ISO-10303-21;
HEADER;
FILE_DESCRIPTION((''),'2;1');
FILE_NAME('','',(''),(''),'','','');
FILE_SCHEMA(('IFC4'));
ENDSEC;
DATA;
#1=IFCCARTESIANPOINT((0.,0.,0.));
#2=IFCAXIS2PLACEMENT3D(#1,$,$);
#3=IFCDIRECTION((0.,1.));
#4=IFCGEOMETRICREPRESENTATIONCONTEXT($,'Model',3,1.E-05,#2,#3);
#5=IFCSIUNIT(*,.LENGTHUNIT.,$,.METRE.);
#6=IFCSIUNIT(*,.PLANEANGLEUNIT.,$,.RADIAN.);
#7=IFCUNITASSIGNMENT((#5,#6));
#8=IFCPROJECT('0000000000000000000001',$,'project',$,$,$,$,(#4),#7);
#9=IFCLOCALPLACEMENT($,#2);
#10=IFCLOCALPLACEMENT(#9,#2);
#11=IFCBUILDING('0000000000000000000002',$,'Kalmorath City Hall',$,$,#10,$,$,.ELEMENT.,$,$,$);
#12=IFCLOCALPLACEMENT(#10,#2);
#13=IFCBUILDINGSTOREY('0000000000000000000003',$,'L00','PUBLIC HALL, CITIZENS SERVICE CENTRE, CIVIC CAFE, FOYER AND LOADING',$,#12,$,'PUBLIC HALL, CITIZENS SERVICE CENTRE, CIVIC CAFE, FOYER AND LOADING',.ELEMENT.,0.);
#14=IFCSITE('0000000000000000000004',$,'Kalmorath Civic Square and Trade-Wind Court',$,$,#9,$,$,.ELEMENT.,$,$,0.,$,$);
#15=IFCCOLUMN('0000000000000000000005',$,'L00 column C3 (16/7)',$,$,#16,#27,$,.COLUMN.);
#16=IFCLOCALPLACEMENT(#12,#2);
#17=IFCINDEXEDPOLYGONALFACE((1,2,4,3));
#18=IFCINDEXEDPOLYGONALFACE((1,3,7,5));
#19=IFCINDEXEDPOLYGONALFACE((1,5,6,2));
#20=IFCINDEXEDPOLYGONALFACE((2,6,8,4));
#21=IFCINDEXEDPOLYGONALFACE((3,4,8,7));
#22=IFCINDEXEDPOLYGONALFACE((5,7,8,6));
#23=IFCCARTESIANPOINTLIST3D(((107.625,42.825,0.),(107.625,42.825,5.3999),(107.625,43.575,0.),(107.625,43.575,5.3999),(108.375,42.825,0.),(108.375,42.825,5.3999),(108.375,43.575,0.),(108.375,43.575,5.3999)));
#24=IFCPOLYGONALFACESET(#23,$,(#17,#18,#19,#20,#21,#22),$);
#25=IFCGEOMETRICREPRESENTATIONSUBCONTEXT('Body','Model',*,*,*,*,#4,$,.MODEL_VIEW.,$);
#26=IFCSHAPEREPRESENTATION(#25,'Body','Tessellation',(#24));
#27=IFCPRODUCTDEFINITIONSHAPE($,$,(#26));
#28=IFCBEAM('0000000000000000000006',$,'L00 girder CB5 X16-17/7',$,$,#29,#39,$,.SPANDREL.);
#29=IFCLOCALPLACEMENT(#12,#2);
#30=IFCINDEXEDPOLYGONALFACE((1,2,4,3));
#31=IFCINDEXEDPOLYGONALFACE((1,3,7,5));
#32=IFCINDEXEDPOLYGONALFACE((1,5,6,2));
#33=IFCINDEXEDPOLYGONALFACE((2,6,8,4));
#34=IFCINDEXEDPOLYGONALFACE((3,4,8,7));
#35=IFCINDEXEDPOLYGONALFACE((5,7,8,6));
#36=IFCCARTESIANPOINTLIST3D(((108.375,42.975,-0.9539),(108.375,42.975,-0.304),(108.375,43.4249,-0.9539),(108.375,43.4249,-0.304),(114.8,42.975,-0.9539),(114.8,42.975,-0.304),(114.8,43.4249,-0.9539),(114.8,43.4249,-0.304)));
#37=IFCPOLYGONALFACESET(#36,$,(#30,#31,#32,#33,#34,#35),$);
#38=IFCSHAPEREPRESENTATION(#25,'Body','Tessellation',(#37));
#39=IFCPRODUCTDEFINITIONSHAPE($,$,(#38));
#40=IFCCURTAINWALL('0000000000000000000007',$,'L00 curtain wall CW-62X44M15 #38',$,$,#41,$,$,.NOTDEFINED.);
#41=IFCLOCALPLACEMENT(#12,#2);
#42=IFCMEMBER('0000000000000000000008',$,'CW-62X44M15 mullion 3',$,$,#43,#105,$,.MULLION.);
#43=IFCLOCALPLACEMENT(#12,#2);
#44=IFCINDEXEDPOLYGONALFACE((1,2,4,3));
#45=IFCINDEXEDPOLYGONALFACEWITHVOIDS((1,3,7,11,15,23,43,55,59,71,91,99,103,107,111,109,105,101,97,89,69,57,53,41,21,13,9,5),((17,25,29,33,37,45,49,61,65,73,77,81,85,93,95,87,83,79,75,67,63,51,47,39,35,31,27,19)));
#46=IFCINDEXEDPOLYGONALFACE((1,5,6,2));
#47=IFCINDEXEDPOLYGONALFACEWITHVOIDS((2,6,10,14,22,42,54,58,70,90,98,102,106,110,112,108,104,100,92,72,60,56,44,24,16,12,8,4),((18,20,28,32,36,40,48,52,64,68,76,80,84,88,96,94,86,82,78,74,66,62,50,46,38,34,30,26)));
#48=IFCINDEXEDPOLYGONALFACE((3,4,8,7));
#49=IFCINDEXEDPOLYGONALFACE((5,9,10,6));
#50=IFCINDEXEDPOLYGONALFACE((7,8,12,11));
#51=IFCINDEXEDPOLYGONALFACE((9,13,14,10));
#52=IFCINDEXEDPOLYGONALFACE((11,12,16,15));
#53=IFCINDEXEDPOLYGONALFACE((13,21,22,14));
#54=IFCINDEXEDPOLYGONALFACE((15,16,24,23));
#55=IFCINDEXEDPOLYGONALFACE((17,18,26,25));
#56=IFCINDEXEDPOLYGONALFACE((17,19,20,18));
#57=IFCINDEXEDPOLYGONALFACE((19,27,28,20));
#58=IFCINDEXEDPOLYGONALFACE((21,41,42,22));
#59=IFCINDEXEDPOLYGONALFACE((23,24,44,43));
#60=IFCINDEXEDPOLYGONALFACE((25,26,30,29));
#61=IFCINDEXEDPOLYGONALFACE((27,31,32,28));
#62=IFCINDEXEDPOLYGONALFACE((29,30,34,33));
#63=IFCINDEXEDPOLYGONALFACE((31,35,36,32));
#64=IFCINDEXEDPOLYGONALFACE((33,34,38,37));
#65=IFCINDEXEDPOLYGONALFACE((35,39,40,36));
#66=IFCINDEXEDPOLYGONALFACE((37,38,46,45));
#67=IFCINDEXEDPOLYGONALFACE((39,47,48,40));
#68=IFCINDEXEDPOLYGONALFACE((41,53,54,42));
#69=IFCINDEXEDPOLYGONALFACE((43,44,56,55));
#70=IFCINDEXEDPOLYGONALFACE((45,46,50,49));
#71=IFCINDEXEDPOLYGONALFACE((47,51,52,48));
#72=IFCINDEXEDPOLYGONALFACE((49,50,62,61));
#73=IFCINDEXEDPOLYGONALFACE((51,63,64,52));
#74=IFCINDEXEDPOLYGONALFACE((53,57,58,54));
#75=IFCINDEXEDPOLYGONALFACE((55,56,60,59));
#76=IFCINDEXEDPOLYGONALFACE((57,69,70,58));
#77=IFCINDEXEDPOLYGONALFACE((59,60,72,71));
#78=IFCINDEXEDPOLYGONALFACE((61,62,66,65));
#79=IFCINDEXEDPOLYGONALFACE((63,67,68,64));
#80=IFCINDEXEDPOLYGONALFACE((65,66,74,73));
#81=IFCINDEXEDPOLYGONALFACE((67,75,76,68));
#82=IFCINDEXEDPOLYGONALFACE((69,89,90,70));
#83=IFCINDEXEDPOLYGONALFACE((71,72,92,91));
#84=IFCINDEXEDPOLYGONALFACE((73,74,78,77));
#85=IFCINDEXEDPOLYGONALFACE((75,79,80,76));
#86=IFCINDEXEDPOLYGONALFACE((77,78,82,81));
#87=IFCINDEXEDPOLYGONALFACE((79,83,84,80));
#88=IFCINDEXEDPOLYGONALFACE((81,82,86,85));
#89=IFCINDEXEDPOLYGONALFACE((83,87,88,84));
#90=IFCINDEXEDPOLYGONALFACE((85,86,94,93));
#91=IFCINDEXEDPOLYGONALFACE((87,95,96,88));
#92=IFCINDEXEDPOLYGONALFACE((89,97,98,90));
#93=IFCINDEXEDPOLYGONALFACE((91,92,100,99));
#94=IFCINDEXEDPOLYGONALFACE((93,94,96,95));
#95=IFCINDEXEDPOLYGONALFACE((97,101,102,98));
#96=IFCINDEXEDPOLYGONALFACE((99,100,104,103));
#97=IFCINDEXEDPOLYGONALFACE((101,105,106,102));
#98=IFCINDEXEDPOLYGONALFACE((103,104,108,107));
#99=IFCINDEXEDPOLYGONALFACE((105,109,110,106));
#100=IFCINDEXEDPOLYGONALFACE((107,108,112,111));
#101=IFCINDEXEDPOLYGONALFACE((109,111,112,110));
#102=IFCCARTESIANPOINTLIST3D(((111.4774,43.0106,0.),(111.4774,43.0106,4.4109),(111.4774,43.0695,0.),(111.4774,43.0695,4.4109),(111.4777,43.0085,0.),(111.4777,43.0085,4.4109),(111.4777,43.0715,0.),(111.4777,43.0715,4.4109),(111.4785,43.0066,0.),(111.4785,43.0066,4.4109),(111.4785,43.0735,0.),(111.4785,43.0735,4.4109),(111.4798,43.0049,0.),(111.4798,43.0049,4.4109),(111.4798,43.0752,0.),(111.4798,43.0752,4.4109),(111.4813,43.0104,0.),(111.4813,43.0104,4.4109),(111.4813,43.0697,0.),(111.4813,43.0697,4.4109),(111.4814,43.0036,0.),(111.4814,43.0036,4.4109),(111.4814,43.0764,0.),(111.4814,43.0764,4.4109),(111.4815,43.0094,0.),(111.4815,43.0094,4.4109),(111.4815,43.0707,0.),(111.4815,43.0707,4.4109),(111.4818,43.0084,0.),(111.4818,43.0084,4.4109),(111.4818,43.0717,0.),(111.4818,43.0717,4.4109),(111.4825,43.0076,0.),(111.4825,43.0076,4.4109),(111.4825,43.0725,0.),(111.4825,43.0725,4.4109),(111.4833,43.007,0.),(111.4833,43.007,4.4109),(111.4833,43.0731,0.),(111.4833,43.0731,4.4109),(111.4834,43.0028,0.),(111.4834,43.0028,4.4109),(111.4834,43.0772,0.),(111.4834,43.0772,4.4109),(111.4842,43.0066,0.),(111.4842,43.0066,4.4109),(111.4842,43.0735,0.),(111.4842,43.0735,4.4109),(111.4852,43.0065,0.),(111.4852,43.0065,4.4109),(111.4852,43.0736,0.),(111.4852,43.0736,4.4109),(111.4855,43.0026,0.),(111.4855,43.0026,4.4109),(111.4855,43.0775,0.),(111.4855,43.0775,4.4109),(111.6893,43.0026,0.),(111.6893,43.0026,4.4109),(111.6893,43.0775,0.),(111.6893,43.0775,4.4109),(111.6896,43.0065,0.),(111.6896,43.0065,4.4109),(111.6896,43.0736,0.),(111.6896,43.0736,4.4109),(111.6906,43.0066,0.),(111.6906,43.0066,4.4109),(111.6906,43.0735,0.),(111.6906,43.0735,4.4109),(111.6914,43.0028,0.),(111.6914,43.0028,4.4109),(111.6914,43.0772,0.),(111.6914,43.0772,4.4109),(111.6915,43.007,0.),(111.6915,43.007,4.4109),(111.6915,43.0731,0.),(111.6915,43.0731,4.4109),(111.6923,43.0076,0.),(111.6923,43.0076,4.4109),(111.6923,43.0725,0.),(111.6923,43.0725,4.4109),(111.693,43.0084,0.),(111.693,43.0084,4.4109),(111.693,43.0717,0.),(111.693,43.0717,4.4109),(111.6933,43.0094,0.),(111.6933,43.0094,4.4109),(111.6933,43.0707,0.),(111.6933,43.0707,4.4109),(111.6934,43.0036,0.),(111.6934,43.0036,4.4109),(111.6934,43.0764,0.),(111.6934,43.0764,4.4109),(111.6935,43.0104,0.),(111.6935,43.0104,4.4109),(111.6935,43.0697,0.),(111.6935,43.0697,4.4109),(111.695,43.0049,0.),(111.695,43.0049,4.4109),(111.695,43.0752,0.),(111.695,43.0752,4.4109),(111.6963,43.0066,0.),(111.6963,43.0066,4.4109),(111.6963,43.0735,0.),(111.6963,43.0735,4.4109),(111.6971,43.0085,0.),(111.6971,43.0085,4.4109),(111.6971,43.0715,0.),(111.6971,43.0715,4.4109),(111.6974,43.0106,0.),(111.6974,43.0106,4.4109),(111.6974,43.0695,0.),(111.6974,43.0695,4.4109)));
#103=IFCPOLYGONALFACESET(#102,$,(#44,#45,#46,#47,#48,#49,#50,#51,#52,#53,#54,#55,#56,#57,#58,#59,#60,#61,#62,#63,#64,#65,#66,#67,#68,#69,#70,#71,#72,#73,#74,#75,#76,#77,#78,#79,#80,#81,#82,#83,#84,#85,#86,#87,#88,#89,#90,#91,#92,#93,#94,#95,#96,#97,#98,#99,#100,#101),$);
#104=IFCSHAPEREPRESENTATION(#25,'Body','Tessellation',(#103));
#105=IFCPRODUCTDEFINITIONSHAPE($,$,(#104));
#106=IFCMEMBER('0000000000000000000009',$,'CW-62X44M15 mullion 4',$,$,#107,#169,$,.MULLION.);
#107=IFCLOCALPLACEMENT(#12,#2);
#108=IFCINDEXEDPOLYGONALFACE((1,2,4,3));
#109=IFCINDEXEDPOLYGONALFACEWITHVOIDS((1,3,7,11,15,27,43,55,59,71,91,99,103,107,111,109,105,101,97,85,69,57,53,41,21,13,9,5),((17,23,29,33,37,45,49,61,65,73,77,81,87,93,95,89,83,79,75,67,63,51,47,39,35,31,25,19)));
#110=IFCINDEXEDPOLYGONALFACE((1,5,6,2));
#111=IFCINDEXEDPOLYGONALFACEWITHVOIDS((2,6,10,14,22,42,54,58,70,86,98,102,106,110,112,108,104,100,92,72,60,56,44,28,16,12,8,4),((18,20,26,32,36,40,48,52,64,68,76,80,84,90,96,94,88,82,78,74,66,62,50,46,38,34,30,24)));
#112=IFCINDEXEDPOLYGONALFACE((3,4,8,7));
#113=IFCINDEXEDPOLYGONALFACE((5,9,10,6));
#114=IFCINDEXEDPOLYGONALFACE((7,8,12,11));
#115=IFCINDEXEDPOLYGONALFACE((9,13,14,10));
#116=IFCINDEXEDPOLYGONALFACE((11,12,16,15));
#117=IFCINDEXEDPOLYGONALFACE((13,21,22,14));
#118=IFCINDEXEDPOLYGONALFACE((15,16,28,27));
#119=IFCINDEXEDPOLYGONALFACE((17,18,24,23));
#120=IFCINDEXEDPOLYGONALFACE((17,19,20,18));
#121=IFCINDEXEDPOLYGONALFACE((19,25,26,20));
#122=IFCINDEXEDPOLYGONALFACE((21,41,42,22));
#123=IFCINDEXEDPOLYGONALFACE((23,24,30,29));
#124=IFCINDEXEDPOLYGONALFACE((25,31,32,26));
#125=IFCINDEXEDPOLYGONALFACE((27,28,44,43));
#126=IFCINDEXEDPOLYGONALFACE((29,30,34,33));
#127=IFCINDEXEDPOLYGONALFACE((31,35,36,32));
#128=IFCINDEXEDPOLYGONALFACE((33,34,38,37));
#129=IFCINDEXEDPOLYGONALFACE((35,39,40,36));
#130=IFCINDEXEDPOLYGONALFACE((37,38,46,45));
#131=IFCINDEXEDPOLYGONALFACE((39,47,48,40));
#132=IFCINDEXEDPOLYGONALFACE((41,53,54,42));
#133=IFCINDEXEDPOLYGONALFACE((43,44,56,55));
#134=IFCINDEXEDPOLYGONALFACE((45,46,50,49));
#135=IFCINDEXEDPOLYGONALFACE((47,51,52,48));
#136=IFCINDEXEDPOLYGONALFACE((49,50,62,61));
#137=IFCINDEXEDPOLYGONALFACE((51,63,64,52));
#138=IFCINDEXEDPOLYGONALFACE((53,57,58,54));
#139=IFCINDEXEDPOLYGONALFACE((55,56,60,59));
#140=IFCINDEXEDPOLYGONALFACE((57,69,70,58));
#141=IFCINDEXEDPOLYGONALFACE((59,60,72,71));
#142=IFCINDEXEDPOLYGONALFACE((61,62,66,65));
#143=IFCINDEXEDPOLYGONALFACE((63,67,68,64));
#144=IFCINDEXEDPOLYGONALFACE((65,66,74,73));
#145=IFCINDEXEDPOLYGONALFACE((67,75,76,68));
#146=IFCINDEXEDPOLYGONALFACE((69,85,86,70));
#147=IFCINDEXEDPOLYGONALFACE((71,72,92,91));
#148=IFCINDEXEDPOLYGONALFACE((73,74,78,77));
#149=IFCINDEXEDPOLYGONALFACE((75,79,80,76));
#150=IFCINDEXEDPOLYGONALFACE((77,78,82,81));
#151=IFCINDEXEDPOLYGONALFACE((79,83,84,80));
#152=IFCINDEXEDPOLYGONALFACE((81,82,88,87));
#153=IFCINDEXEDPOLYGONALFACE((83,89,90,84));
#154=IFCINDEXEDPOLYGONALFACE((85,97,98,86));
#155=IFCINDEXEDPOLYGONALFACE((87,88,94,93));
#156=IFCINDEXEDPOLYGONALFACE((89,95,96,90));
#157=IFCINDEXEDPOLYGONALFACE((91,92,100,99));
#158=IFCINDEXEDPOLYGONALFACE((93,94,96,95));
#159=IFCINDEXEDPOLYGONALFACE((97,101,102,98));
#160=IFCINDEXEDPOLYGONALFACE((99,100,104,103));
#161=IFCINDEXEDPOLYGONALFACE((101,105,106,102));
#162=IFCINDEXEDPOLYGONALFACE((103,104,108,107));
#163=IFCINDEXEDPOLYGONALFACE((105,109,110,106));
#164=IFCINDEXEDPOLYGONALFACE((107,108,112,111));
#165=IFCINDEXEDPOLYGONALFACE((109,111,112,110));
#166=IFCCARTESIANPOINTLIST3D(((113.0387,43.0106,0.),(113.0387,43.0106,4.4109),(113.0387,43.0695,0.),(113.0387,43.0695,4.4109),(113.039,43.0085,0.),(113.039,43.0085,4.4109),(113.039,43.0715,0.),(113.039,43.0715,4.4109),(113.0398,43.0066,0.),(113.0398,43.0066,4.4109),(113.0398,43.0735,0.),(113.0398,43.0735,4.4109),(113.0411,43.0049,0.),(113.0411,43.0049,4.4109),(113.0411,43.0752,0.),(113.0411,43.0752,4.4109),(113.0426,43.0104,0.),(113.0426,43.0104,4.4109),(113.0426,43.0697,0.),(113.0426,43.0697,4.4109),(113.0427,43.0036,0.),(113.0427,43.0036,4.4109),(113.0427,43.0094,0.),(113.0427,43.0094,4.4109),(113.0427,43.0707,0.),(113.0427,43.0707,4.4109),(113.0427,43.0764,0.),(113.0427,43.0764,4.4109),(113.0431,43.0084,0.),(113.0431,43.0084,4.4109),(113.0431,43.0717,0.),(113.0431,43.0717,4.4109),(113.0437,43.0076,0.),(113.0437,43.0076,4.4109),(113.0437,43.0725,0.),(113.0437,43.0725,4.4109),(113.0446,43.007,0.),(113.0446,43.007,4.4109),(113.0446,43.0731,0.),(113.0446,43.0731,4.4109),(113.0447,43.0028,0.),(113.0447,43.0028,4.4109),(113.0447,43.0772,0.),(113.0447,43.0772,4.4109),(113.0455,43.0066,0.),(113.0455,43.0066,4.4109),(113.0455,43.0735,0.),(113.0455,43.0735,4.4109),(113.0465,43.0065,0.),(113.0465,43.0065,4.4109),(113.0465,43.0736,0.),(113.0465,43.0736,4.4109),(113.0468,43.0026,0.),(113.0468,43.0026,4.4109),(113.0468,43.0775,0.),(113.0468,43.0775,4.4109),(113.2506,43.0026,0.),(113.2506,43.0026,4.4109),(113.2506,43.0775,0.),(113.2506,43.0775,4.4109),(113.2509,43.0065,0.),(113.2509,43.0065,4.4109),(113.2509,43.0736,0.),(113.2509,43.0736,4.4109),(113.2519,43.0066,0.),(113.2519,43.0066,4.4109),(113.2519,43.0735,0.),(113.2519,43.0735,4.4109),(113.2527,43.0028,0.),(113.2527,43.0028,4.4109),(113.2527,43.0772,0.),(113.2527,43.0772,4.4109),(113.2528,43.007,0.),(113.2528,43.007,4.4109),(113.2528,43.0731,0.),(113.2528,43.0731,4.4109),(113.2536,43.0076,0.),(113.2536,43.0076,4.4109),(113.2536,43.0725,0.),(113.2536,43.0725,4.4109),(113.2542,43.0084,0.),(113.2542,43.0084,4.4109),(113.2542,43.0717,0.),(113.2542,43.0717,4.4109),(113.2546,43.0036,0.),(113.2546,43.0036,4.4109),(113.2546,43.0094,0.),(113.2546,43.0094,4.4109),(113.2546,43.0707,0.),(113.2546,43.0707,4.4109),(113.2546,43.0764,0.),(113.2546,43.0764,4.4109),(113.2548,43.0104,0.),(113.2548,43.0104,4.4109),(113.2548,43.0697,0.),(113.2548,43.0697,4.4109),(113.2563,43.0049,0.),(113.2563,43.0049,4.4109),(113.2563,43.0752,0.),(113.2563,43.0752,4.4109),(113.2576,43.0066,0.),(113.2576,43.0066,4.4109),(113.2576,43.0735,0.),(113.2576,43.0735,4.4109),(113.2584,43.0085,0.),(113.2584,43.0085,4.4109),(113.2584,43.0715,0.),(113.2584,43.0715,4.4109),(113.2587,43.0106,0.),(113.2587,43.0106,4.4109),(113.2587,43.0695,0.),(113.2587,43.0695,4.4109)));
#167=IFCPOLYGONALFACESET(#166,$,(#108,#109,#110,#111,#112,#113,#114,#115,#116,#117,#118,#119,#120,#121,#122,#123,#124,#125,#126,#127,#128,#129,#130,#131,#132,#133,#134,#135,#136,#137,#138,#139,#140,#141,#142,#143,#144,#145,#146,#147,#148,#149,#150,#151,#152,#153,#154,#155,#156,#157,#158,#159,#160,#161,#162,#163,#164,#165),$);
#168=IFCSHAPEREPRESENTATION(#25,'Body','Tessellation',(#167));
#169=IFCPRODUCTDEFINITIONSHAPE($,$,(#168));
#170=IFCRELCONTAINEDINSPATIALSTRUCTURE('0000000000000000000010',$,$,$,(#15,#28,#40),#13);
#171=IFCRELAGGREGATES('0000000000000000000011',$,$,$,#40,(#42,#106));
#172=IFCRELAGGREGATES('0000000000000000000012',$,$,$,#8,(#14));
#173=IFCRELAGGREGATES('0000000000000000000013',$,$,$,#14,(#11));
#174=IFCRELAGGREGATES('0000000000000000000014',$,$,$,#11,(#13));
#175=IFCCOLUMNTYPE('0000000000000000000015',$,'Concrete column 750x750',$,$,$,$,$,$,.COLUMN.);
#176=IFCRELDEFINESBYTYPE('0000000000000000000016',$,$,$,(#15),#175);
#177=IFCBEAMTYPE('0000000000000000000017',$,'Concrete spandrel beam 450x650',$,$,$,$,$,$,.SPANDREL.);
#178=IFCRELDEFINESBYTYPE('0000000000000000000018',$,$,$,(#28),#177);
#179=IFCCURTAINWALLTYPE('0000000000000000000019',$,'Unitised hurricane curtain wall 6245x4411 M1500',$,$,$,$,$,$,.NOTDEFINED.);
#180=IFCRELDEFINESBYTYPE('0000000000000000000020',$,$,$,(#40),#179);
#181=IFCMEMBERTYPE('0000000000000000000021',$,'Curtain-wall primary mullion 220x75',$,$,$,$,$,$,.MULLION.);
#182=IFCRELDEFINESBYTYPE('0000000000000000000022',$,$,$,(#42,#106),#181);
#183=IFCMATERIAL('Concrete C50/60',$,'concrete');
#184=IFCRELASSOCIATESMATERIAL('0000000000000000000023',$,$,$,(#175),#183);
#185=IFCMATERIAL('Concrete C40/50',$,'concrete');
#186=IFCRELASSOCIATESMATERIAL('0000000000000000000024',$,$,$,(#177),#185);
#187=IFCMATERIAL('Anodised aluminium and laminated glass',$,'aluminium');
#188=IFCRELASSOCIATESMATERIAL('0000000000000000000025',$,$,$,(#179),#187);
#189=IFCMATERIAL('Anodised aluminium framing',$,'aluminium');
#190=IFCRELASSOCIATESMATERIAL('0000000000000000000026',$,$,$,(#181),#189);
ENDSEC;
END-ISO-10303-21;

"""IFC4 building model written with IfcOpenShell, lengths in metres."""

from ifc_helpers import new_model, si_unit, direction, frame, origin, origin_2d, place, context, subcontext, project, spatial, rectangle, hollow_rectangle, extrude, material, material_profile, profile_set, type_object, element, aggregate, save


model = new_model("IFC4")

# Units and contexts
model_context = context("Model", 3, precision=1e-05, world=origin(), true_north=direction((0.0, 1.0)))
body_context = subcontext(model_context, "Body", "Model", "MODEL_VIEW")
ifc_project = project(units=[si_unit("LENGTHUNIT", "METRE"), si_unit("PLANEANGLEUNIT", "RADIAN")], contexts=[model_context])

# Site, building, storey
site_placement = place(None, origin())
site = spatial("IfcSite", under=ifc_project, at=site_placement, Name="Kalmorath Civic Square and Trade-Wind Court", CompositionType="ELEMENT", RefElevation=0.0)
building_placement = place(site_placement, origin())
building = spatial("IfcBuilding", under=site, at=building_placement, Name="Kalmorath City Hall", CompositionType="ELEMENT")
storey_placement = place(building_placement, origin())
storey = spatial("IfcBuildingStorey", under=building, at=storey_placement, Name="L00", Description="PUBLIC HALL, CITIZENS SERVICE CENTRE, CIVIC CAFE, FOYER AND LOADING", LongName="PUBLIC HALL, CITIZENS SERVICE CENTRE, CIVIC CAFE, FOYER AND LOADING", CompositionType="ELEMENT", Elevation=0.0)

# Column
ifc_material_1 = material(Name="Concrete C50/60", Category="concrete")
ifc_material_profile_1 = material_profile(ifc_material_1, rectangle(XDim=0.75, YDim=0.75, at=origin_2d()), Name="RC-COL-750X750")
ifc_profile_set_1 = profile_set([ifc_material_profile_1], Name="Concrete C50/60")
column_type = type_object("IfcColumnType", Name="Concrete column 750x750", PredefinedType="COLUMN", material=ifc_profile_set_1)
column_placement = place(storey_placement, frame((108.0, 43.2, 0.0), z_axis=(0.0, 0.0, 1.0), x_axis=(1.0, 0.0, 0.0)))
element("IfcColumn", 1, at=column_placement, inside=storey, type_object=column_type, Name="L00 column C3 (16/7)", PredefinedType="COLUMN", context=body_context, shape_type="SweptSolid", body=[
    extrude(rectangle(XDim=0.75, YDim=0.75, at=origin_2d()), origin(), (0.0, 0.0, 1.0), 5.3999),
])

# Beam
ifc_material_2 = material(Name="Concrete C40/50", Category="concrete")
ifc_material_profile_2 = material_profile(ifc_material_2, rectangle(XDim=0.45, YDim=0.6499, at=origin_2d()), Name="RC-BM-450X650")
ifc_profile_set_2 = profile_set([ifc_material_profile_2], Name="Concrete C40/50")
beam_type = type_object("IfcBeamType", Name="Concrete spandrel beam 450x650", PredefinedType="SPANDREL", material=ifc_profile_set_2)
beam_placement = place(storey_placement, frame((108.375, 43.2, -0.6289), z_axis=(1.0, 0.0, 0.0), x_axis=(0.0, 1.0, 0.0)))
element("IfcBeam", 2, at=beam_placement, inside=storey, type_object=beam_type, Name="L00 girder CB5 X16-17/7", PredefinedType="SPANDREL", context=body_context, shape_type="SweptSolid", body=[
    extrude(rectangle(XDim=0.45, YDim=0.6499, at=origin_2d()), origin(), (0.0, 0.0, 1.0), 6.425),
])

# Curtain wall, members
ifc_material_3 = material(Name="Anodised aluminium and laminated glass", Category="aluminium")
curtain_wall_type = type_object("IfcCurtainWallType", Name="Unitised hurricane curtain wall 6245x4411 M1500", PredefinedType="NOTDEFINED", material=ifc_material_3)
curtain_wall_placement = place(storey_placement, origin())
curtain_wall = element("IfcCurtainWall", 3, at=curtain_wall_placement, inside=storey, type_object=curtain_wall_type, Name="L00 curtain wall CW-62X44M15 #38", PredefinedType="NOTDEFINED")
ifc_material_4 = material(Name="Anodised aluminium framing", Category="aluminium")
ifc_material_profile_3 = material_profile(ifc_material_4, hollow_rectangle(XDim=0.075, YDim=0.22, WallThickness=0.0039, InnerFilletRadius=0.0039, OuterFilletRadius=0.0081, at=origin_2d()), Name="ALU-MUL-220X75X4")
ifc_profile_set_3 = profile_set([ifc_material_profile_3], Name="Anodised aluminium framing")
member_type_1 = type_object("IfcMemberType", Name="Curtain-wall primary mullion 220x75", PredefinedType="MULLION", material=ifc_profile_set_3)
member_1_placement = place(storey_placement, frame((111.5874, 43.04, 0.0), z_axis=(0.0, 0.0, 1.0), x_axis=(0.0, 1.0, 0.0)))
member_1 = element("IfcMember", 4, at=member_1_placement, type_object=member_type_1, Name="CW-62X44M15 mullion 3", PredefinedType="MULLION", context=body_context, shape_type="SweptSolid", body=[
    extrude(hollow_rectangle(XDim=0.075, YDim=0.22, WallThickness=0.0039, InnerFilletRadius=0.0039, OuterFilletRadius=0.0081, at=origin_2d()), origin(), (0.0, 0.0, 1.0), 4.4109),
])
member_2_placement = place(storey_placement, frame((113.1487, 43.04, 0.0), z_axis=(0.0, 0.0, 1.0), x_axis=(0.0, 1.0, 0.0)))
member_2 = element("IfcMember", 5, at=member_2_placement, type_object=member_type_1, Name="CW-62X44M15 mullion 4", PredefinedType="MULLION", context=body_context, shape_type="SweptSolid", body=[
    extrude(hollow_rectangle(XDim=0.075, YDim=0.22, WallThickness=0.0039, InnerFilletRadius=0.0039, OuterFilletRadius=0.0081, at=origin_2d()), origin(), (0.0, 0.0, 1.0), 4.4109),
])
aggregate(curtain_wall, [member_1, member_2])

save(model, "model.ifc")
